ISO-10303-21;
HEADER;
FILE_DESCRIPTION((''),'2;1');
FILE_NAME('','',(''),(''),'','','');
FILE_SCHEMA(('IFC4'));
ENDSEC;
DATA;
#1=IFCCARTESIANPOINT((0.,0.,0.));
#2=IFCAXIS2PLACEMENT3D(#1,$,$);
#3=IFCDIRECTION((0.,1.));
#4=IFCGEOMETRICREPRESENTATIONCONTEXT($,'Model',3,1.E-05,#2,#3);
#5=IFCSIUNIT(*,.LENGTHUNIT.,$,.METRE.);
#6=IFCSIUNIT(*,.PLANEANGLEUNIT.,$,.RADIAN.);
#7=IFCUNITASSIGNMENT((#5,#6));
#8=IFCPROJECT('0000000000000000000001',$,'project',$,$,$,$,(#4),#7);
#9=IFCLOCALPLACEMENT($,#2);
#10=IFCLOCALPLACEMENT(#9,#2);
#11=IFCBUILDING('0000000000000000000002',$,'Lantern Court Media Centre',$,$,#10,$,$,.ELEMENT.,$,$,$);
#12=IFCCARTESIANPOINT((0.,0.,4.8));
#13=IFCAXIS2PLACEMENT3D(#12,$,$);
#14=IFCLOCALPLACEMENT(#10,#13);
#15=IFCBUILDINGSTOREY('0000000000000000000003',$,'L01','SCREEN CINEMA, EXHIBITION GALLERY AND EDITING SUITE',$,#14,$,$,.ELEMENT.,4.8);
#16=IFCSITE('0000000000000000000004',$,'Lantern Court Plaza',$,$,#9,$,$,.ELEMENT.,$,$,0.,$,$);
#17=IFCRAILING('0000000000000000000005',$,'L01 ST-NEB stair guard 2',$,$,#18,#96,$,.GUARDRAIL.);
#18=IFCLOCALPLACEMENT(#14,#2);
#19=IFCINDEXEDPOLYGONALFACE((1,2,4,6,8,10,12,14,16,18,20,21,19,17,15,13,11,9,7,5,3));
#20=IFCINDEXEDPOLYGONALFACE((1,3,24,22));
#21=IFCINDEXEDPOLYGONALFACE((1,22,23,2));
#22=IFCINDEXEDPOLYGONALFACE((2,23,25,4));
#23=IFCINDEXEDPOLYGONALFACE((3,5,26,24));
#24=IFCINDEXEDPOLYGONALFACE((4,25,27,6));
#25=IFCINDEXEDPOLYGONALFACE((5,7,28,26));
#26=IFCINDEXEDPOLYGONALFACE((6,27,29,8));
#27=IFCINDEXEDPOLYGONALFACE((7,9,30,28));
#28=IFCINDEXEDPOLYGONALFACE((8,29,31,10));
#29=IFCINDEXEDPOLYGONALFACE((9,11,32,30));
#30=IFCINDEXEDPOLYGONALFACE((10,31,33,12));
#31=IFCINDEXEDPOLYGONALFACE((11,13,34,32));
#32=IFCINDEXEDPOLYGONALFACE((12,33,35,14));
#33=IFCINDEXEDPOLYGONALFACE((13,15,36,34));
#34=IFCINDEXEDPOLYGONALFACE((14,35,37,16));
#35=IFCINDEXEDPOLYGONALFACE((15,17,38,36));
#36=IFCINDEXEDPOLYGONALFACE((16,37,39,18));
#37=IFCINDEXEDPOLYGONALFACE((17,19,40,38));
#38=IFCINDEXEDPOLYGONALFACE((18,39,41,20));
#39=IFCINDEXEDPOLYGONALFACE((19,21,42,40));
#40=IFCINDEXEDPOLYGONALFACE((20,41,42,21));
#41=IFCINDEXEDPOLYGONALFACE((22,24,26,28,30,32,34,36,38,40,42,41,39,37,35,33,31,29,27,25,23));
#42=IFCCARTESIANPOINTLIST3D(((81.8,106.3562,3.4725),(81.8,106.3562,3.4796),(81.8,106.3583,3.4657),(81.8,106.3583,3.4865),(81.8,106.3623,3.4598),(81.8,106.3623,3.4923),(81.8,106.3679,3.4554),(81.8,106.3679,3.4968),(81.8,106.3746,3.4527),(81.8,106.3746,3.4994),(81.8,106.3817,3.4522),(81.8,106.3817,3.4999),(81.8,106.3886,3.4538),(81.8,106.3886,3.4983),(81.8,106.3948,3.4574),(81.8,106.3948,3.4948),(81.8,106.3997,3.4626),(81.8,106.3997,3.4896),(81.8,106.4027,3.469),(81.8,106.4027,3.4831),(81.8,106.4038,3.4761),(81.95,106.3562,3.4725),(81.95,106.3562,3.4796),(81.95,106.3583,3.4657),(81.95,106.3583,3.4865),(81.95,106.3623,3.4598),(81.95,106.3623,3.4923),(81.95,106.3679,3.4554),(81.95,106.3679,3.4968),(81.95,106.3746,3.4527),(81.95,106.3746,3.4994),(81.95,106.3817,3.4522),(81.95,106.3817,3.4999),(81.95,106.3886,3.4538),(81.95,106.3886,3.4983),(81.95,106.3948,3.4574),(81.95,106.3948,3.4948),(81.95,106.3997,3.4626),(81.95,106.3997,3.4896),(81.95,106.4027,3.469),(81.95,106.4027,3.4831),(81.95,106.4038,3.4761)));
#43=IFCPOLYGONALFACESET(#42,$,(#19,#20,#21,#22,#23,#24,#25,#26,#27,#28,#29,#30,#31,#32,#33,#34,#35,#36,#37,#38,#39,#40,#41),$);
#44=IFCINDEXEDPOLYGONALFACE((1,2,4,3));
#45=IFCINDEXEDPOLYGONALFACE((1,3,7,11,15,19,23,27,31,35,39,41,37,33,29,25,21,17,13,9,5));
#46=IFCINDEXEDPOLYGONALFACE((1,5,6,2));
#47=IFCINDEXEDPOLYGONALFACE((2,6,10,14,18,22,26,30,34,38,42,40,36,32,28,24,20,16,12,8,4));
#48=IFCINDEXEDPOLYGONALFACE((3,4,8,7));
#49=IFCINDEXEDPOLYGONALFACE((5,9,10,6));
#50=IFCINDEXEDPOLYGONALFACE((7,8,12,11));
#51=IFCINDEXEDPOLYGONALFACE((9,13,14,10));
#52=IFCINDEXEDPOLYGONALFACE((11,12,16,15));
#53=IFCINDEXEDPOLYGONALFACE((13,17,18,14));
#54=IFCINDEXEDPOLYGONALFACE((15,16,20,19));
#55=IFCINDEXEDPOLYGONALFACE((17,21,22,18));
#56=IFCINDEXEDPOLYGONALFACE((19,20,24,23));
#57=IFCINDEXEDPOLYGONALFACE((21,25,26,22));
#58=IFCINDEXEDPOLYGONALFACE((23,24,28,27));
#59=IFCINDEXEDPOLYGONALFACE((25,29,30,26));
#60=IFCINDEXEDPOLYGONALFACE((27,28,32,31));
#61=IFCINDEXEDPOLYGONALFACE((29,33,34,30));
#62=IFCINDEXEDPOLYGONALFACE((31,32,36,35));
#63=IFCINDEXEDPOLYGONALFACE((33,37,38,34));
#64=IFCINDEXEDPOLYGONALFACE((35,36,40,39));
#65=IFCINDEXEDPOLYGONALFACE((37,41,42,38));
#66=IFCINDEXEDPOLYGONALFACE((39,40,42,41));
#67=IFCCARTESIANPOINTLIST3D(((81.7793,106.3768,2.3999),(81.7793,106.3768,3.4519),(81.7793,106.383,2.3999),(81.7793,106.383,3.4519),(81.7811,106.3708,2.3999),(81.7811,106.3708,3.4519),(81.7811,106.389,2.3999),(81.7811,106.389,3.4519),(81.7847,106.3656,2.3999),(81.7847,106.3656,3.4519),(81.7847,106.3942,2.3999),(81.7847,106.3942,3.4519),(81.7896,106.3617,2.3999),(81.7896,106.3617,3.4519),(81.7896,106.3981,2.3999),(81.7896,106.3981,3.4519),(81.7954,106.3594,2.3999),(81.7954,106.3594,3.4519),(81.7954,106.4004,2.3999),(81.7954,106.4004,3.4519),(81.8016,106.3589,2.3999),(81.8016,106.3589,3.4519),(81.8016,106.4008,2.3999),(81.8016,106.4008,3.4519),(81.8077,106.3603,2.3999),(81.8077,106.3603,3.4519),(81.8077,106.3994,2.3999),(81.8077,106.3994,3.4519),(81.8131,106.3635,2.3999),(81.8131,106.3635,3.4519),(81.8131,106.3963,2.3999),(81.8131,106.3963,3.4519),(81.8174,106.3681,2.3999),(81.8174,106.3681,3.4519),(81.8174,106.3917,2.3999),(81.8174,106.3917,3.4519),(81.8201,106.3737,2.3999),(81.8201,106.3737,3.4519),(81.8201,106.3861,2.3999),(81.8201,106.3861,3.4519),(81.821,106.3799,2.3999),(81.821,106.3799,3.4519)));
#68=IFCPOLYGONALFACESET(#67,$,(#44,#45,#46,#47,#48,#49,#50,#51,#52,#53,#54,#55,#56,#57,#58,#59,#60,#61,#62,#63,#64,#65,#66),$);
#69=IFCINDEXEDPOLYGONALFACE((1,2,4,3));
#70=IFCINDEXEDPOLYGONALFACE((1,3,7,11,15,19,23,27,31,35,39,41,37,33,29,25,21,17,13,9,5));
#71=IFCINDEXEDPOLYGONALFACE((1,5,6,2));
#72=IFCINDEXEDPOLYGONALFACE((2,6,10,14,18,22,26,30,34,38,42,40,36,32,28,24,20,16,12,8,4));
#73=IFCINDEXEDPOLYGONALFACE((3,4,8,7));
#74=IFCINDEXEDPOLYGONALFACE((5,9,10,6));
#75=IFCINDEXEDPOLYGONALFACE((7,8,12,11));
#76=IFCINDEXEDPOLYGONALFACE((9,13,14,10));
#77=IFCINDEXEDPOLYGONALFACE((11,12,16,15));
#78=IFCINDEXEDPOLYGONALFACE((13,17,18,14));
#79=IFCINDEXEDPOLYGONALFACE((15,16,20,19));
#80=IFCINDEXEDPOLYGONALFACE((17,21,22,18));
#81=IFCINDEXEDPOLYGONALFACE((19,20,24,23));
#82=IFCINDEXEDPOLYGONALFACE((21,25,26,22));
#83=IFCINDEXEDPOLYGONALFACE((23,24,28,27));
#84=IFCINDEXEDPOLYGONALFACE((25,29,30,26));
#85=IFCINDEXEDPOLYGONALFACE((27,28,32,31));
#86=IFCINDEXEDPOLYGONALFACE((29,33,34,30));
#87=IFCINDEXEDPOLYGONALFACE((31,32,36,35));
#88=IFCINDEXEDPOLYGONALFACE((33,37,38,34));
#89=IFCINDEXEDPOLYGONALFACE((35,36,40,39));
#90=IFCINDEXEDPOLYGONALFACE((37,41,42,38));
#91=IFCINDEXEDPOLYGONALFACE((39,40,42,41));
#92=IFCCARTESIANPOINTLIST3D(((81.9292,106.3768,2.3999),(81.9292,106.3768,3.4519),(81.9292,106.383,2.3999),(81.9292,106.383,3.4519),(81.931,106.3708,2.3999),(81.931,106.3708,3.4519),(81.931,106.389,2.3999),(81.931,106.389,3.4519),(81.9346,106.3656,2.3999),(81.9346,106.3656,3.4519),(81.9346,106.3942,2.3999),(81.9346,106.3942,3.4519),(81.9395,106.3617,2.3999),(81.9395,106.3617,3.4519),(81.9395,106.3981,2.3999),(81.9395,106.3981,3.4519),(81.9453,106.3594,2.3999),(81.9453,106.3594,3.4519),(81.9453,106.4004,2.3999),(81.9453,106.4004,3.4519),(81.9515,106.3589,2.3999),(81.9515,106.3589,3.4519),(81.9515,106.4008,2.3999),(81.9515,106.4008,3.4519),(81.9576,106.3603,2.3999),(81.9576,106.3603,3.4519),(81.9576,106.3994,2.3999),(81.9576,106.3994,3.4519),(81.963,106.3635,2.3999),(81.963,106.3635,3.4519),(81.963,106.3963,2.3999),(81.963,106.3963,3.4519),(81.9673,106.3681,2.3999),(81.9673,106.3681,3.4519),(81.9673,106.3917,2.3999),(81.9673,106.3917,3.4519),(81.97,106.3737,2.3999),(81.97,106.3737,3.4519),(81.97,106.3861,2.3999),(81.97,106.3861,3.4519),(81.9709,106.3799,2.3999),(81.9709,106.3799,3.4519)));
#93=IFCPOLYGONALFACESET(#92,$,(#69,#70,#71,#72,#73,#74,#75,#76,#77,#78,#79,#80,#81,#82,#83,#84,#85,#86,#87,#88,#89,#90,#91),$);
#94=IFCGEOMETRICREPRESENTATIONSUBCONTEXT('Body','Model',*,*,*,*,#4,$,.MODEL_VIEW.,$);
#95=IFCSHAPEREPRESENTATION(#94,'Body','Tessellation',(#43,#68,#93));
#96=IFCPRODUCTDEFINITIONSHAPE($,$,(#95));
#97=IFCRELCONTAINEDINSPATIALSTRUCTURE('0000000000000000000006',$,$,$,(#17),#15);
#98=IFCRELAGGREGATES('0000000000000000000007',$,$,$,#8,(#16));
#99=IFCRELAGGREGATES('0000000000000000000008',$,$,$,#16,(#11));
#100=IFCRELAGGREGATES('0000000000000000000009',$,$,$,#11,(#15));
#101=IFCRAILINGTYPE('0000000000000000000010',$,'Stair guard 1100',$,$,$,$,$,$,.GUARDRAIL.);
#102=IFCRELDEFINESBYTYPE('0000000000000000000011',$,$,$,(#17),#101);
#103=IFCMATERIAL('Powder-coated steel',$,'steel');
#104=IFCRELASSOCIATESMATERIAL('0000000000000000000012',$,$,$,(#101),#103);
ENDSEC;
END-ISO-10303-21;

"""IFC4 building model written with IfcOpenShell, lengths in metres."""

from ifc_helpers import new_model, si_unit, direction, frame, origin, origin_2d, place, context, subcontext, project, spatial, circle, extrude, material, type_object, element, save


model = new_model("IFC4")

# Units and contexts
model_context = context("Model", 3, precision=1e-05, world=origin(), true_north=direction((0.0, 1.0)))
body_context = subcontext(model_context, "Body", "Model", "MODEL_VIEW")
ifc_project = project(units=[si_unit("LENGTHUNIT", "METRE"), si_unit("PLANEANGLEUNIT", "RADIAN")], contexts=[model_context])

# Site, building, storey
site_placement = place(None, origin())
site = spatial("IfcSite", under=ifc_project, at=site_placement, Name="Lantern Court Plaza", CompositionType="ELEMENT", RefElevation=0.0)
building_placement = place(site_placement, origin())
building = spatial("IfcBuilding", under=site, at=building_placement, Name="Lantern Court Media Centre", CompositionType="ELEMENT")
storey_placement = place(building_placement, frame((0.0, 0.0, 4.8)))
storey = spatial("IfcBuildingStorey", under=building, at=storey_placement, Name="L01", Description="SCREEN CINEMA, EXHIBITION GALLERY AND EDITING SUITE", CompositionType="ELEMENT", Elevation=4.8)

# Shared definitions
ifc_material_1 = material(Name="Powder-coated steel", Category="steel")

# Railing
railing_type_1 = type_object("IfcRailingType", Name="Stair guard 1100", PredefinedType="GUARDRAIL", material=ifc_material_1)
railing_1_placement = place(storey_placement, frame((81.8, 106.3799, 2.3999)))
element("IfcRailing", 1, at=railing_1_placement, inside=storey, type_object=railing_type_1, Name="L01 ST-NEB stair guard 2", PredefinedType="GUARDRAIL", context=body_context, shape_type="SweptSolid", body=[
    extrude(circle(Radius=0.0239, at=origin_2d()), frame((0.0, 0.0, 1.0762), z_axis=(1.0, 0.0, 0.0), x_axis=(0.0, 1.0, 0.0)), (0.0, 0.0, 1.0), 0.1499),
    extrude(circle(Radius=0.021, at=origin_2d()), origin(), (0.0, 0.0, 1.0), 1.052),
    extrude(circle(Radius=0.021, at=origin_2d()), frame((0.1499, 0.0, 0.0)), (0.0, 0.0, 1.0), 1.052),
])

save(model, "model.ifc")
